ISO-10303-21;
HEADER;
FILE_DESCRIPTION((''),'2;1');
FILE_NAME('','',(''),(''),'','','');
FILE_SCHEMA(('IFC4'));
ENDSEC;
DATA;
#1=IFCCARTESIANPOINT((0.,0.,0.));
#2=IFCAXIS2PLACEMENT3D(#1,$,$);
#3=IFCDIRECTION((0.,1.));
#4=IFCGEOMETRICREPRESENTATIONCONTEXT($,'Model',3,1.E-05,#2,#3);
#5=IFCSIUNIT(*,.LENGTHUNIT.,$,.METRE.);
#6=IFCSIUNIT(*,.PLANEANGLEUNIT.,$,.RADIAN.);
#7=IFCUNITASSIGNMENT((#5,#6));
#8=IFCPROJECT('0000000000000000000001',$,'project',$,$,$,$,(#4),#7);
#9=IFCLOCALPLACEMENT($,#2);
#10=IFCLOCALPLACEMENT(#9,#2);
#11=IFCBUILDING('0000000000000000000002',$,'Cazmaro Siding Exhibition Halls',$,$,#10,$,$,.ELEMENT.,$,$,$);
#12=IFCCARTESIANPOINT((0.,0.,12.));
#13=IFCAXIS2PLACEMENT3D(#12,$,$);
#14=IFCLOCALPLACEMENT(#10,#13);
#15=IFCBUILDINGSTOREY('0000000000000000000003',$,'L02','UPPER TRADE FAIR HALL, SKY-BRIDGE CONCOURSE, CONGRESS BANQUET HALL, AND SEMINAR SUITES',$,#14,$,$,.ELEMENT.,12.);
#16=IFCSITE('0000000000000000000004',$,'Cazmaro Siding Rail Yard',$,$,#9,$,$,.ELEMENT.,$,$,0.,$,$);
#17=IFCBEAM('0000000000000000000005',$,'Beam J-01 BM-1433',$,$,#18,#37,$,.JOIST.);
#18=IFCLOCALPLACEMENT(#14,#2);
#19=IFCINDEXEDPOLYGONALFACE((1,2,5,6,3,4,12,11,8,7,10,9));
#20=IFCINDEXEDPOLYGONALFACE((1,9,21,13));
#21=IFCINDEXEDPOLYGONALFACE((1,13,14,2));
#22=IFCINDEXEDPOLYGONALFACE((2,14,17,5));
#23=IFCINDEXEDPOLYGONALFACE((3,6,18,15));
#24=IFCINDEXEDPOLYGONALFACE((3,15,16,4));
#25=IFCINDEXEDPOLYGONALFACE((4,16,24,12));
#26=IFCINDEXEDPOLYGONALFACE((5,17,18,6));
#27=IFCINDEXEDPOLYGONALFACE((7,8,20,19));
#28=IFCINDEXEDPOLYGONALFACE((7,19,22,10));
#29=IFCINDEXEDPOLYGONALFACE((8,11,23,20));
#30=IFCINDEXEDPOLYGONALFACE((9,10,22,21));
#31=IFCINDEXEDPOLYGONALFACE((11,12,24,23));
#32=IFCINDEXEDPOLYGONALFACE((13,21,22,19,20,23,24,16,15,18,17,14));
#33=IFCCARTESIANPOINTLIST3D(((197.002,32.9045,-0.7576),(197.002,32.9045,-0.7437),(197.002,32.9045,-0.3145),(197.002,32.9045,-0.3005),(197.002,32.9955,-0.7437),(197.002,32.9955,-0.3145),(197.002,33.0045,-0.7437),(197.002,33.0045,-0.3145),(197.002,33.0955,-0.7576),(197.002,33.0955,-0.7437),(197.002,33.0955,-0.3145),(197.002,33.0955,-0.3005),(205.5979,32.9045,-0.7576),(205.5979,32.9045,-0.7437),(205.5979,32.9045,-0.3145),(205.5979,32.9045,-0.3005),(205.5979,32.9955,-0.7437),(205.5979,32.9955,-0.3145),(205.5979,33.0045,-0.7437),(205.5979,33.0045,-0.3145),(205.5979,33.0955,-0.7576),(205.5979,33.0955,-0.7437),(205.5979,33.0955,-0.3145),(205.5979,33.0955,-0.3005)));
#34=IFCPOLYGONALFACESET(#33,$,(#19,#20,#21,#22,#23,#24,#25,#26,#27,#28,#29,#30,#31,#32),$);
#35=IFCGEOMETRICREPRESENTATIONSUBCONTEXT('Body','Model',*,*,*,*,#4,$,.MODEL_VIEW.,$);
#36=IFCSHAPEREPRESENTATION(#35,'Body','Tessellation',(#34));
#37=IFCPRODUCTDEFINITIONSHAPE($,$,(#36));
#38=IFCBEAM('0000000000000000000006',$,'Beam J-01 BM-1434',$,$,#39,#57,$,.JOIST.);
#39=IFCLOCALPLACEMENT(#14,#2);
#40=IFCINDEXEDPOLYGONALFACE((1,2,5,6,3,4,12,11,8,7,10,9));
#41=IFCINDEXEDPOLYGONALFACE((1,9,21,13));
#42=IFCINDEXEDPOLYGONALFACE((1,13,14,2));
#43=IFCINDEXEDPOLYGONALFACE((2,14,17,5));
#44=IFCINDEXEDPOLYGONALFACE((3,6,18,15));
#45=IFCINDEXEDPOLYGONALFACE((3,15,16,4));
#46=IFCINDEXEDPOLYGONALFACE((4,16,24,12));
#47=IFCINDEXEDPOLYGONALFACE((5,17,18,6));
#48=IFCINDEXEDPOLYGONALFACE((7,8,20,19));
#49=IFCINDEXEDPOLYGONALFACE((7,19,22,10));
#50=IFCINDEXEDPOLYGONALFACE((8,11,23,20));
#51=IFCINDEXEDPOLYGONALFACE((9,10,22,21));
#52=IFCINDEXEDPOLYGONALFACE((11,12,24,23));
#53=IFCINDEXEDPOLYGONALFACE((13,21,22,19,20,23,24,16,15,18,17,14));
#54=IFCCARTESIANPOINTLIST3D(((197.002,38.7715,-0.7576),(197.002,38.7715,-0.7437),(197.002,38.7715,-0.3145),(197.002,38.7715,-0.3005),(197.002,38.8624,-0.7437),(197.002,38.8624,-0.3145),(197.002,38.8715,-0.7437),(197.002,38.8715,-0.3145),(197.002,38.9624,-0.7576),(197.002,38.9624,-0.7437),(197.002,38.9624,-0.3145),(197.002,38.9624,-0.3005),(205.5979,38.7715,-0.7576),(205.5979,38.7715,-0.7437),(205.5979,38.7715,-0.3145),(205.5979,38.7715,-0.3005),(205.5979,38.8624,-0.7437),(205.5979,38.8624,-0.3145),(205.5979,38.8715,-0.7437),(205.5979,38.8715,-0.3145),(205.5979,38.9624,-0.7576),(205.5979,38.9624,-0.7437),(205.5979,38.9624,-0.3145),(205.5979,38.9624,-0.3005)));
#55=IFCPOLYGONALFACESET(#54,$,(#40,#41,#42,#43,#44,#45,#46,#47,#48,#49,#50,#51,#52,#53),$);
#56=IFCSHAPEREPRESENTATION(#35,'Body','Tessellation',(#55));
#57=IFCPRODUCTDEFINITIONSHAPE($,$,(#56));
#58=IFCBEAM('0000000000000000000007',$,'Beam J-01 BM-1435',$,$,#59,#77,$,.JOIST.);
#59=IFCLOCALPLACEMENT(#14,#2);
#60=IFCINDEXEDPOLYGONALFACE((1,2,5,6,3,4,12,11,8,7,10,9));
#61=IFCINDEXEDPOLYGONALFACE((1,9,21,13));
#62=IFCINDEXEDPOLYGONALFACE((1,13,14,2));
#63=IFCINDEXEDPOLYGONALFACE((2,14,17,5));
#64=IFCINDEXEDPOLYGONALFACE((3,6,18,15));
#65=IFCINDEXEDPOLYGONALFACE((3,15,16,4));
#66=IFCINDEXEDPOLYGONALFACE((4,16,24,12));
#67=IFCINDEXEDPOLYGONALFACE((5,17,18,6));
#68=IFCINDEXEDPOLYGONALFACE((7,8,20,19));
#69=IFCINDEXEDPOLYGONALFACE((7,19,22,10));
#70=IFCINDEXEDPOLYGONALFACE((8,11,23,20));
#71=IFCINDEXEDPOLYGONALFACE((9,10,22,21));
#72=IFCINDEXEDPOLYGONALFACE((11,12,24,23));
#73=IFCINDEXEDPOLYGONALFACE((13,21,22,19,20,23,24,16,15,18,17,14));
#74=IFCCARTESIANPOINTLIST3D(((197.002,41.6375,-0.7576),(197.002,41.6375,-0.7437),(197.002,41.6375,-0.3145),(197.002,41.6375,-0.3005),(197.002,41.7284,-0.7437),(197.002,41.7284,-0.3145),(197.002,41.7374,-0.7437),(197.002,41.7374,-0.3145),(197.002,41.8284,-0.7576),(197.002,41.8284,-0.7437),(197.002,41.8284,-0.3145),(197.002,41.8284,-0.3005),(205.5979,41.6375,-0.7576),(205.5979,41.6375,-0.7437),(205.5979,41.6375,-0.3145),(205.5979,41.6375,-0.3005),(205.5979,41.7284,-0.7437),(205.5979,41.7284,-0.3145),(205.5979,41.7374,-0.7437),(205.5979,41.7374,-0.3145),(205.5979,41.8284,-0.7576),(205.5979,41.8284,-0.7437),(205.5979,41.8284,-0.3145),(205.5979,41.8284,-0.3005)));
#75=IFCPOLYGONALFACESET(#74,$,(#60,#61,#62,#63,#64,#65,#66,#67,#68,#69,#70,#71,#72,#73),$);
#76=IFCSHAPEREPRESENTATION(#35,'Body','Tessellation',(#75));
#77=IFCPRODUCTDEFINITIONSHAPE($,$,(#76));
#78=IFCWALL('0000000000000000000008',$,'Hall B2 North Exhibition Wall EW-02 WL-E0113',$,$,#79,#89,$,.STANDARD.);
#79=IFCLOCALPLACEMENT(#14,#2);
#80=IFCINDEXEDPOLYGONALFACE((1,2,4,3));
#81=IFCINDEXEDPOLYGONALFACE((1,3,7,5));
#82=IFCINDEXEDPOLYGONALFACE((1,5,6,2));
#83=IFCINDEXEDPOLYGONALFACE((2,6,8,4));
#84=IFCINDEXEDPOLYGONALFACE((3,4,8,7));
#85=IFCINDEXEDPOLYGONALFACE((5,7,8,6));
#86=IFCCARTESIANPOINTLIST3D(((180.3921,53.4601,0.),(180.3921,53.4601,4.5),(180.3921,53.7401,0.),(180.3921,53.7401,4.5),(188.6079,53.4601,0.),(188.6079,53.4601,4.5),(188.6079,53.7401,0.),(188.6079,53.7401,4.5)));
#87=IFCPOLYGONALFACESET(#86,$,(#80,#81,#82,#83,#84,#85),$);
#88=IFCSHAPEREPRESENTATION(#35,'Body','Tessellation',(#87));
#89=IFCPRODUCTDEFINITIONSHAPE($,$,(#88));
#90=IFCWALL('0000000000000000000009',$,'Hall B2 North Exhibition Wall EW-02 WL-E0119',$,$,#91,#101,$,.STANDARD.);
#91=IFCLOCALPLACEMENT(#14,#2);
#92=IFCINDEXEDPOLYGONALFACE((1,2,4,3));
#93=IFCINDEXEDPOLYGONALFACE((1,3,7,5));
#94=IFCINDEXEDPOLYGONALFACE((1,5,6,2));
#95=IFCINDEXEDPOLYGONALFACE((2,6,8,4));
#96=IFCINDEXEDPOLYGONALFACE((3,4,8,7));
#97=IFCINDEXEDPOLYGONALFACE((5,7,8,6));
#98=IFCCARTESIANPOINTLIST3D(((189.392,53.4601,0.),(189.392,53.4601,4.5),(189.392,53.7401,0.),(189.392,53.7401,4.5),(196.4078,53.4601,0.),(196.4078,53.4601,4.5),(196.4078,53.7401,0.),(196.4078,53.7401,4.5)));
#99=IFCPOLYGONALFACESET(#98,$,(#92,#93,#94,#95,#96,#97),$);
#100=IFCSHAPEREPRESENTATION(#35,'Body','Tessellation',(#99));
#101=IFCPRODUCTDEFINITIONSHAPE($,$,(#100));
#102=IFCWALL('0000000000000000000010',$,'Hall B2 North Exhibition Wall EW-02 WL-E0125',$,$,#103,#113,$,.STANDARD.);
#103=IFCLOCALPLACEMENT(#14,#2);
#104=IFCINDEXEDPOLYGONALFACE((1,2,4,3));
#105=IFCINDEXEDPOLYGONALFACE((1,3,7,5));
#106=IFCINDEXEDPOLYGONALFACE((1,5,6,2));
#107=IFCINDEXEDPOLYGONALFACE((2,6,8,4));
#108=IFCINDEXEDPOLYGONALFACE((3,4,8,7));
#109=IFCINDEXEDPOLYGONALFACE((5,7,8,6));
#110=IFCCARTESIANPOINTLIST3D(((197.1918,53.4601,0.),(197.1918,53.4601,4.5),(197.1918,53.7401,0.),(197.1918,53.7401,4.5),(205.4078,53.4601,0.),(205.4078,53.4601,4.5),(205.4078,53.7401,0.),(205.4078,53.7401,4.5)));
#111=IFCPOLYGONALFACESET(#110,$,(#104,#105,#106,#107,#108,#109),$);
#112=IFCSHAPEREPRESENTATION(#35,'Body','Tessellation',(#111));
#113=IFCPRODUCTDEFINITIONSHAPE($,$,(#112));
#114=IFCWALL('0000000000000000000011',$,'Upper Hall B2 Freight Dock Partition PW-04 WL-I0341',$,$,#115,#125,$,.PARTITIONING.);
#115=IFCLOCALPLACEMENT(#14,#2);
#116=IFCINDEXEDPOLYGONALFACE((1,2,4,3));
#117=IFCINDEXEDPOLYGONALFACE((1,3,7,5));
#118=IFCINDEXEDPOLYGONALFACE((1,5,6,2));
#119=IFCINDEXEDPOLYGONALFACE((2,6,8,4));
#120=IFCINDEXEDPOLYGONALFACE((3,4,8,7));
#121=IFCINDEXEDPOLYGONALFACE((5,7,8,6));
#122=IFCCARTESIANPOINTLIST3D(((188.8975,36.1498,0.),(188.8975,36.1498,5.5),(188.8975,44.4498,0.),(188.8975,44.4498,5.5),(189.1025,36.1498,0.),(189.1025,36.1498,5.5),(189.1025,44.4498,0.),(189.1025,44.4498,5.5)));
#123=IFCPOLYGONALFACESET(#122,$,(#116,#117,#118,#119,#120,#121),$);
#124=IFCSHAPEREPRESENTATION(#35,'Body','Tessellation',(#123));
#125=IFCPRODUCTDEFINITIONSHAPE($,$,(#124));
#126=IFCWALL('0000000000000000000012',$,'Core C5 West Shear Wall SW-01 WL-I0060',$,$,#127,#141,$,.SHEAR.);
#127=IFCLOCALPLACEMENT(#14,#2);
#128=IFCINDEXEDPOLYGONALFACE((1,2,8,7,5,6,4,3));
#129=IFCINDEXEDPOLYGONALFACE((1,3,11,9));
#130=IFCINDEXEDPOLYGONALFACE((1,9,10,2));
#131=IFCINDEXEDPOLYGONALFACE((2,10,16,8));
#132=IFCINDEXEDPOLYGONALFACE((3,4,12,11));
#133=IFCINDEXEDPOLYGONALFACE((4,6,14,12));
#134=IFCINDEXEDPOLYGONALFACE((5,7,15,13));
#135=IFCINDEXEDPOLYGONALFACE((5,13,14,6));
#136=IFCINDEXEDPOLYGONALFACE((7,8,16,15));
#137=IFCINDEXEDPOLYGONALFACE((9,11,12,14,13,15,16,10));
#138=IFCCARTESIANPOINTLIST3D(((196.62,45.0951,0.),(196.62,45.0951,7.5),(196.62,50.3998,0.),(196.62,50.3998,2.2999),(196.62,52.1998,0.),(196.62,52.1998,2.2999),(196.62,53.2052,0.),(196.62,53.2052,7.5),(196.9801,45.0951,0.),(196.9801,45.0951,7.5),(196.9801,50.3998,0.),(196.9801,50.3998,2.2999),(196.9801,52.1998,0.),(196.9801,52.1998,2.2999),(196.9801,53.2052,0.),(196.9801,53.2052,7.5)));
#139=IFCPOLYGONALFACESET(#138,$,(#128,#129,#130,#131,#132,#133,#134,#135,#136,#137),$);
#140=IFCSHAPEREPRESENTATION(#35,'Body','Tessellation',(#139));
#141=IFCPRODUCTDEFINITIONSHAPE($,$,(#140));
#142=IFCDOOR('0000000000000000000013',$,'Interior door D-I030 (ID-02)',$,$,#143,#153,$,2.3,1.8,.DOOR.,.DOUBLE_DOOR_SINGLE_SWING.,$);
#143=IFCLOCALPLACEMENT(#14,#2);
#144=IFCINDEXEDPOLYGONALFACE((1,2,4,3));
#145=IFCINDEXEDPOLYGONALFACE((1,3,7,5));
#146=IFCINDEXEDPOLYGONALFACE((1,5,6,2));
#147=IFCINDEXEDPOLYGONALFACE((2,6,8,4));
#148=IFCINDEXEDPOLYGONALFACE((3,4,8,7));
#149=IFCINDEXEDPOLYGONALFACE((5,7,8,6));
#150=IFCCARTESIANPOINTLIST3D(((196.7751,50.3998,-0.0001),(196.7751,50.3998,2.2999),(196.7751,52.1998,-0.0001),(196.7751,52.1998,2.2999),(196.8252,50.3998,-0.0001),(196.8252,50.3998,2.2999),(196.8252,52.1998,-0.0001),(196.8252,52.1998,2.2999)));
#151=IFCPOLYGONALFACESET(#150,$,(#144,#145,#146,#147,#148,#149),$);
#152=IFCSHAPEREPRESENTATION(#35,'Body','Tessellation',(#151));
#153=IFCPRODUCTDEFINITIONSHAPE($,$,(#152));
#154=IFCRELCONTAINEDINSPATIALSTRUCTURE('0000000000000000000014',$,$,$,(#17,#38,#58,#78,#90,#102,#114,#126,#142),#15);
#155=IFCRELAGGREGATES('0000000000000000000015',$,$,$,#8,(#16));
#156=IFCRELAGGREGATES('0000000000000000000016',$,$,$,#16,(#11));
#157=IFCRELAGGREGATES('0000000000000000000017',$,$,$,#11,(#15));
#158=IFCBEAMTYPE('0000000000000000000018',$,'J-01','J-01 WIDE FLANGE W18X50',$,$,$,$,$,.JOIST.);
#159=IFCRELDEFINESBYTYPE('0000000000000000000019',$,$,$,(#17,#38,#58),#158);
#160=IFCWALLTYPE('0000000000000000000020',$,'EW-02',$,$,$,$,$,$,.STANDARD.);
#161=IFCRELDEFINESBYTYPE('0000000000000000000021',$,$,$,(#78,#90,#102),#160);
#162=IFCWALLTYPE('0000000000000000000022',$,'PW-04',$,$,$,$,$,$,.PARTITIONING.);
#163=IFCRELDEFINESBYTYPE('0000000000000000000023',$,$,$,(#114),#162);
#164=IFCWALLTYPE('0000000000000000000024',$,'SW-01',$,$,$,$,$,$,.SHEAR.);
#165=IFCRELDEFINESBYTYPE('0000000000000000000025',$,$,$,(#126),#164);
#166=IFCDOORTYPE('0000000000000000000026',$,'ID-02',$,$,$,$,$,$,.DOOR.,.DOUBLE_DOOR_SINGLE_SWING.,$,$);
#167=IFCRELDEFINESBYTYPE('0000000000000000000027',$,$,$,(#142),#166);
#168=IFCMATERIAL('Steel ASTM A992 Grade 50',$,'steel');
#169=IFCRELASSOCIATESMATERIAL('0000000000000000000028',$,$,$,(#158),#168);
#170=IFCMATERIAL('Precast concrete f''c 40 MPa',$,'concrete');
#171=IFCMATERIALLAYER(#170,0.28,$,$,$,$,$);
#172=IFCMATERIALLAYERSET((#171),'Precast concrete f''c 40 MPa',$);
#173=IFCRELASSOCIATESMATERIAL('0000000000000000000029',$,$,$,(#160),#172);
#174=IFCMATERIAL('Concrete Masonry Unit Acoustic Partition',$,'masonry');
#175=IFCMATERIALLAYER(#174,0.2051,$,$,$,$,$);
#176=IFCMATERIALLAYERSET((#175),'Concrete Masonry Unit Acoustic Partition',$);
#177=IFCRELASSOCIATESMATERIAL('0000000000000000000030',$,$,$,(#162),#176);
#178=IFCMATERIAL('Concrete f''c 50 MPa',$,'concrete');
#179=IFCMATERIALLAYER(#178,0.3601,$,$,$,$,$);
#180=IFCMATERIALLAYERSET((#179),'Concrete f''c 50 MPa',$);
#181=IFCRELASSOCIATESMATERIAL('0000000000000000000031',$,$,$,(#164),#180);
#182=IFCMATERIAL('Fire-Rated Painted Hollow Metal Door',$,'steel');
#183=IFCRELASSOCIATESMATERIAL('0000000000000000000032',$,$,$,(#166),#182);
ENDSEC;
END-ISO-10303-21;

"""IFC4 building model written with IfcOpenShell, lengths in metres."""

from ifc_helpers import new_model, si_unit, direction, frame, frame_2d, origin, origin_2d, place, context, subcontext, project, spatial, rectangle, i_section, extrude, material, layer, layer_set, material_profile, profile_set, type_object, element, fill, save


model = new_model("IFC4")

# Units and contexts
model_context = context("Model", 3, precision=1e-05, world=origin(), true_north=direction((0.0, 1.0)))
body_context = subcontext(model_context, "Body", "Model", "MODEL_VIEW")
ifc_project = project(units=[si_unit("LENGTHUNIT", "METRE"), si_unit("PLANEANGLEUNIT", "RADIAN")], contexts=[model_context])

# Site, building, storey
site_placement = place(None, origin())
site = spatial("IfcSite", under=ifc_project, at=site_placement, Name="Cazmaro Siding Rail Yard", CompositionType="ELEMENT", RefElevation=0.0)
building_placement = place(site_placement, origin())
building = spatial("IfcBuilding", under=site, at=building_placement, Name="Cazmaro Siding Exhibition Halls", CompositionType="ELEMENT")
storey_placement = place(building_placement, frame((0.0, 0.0, 12.0)))
storey = spatial("IfcBuildingStorey", under=building, at=storey_placement, Name="L02", Description="UPPER TRADE FAIR HALL, SKY-BRIDGE CONCOURSE, CONGRESS BANQUET HALL, AND SEMINAR SUITES", CompositionType="ELEMENT", Elevation=12.0)

# Beams
ifc_material_1 = material(Name="Steel ASTM A992 Grade 50", Category="steel")
ifc_material_profile_1 = material_profile(ifc_material_1, i_section(OverallWidth=0.1909, OverallDepth=0.457, WebThickness=0.009, FlangeThickness=0.0139, at=origin_2d()), Name="W18X50")
ifc_profile_set_1 = profile_set([ifc_material_profile_1], Name="Steel ASTM A992 Grade 50")
beam_type_1 = type_object("IfcBeamType", Name="J-01", Description="J-01 WIDE FLANGE W18X50", PredefinedType="JOIST", material=ifc_profile_set_1)
for number, where, z_axis, x_axis, name in (
    (1, (197.002, 33.0, -0.5291), (1.0, 0.0, 0.0), (0.0, 1.0, 0.0), "Beam J-01 BM-1433"),
    (2, (197.002, 38.8669, -0.5291), (1.0, 0.0, 0.0), (0.0, 1.0, 0.0), "Beam J-01 BM-1434"),
    (3, (197.002, 41.7329, -0.5291), (1.0, 0.0, 0.0), (0.0, 1.0, 0.0), "Beam J-01 BM-1435"),
):
    element("IfcBeam", number, at=place(storey_placement, frame(where, z_axis=z_axis, x_axis=x_axis)), inside=storey, type_object=beam_type_1, Name=name, PredefinedType="JOIST", context=body_context, shape_type="SweptSolid", body=[
        extrude(i_section(OverallWidth=0.1909, OverallDepth=0.457, WebThickness=0.009, FlangeThickness=0.0139, at=origin_2d()), origin(), (0.0, 0.0, 1.0), 8.5959),
    ])

# Walls
ifc_material_2 = material(Name="Precast concrete f'c 40 MPa", Category="concrete")
ifc_layer_1 = layer(ifc_material_2, 0.28)
ifc_layer_set_1 = layer_set([ifc_layer_1], Name="Precast concrete f'c 40 MPa")
wall_type_1 = type_object("IfcWallType", Name="EW-02", PredefinedType="STANDARD", material=ifc_layer_set_1)
wall_1_placement = place(storey_placement, frame((180.3921, 53.6001, 0.0), z_axis=(0.0, 0.0, 1.0), x_axis=(1.0, 0.0, 0.0)))
element("IfcWall", 4, at=wall_1_placement, inside=storey, type_object=wall_type_1, Name="Hall B2 North Exhibition Wall EW-02 WL-E0113", PredefinedType="STANDARD", context=body_context, shape_type="SweptSolid", body=[
    extrude(rectangle(XDim=8.2158, YDim=0.28, at=frame_2d((4.1079, 0.0))), origin(), (0.0, 0.0, 1.0), 4.5),
])
wall_2_placement = place(storey_placement, frame((189.3921, 53.6001, 0.0), z_axis=(0.0, 0.0, 1.0), x_axis=(1.0, 0.0, 0.0)))
element("IfcWall", 5, at=wall_2_placement, inside=storey, type_object=wall_type_1, Name="Hall B2 North Exhibition Wall EW-02 WL-E0119", PredefinedType="STANDARD", context=body_context, shape_type="SweptSolid", body=[
    extrude(rectangle(XDim=7.0159, YDim=0.28, at=frame_2d((3.5078, 0.0))), origin(), (0.0, 0.0, 1.0), 4.5),
])
wall_3_placement = place(storey_placement, frame((197.1919, 53.6001, 0.0), z_axis=(0.0, 0.0, 1.0), x_axis=(1.0, 0.0, 0.0)))
element("IfcWall", 6, at=wall_3_placement, inside=storey, type_object=wall_type_1, Name="Hall B2 North Exhibition Wall EW-02 WL-E0125", PredefinedType="STANDARD", context=body_context, shape_type="SweptSolid", body=[
    extrude(rectangle(XDim=8.2161, YDim=0.28, at=frame_2d((4.1079, 0.0))), origin(), (0.0, 0.0, 1.0), 4.5),
])
ifc_material_3 = material(Name="Concrete Masonry Unit Acoustic Partition", Category="masonry")
ifc_layer_2 = layer(ifc_material_3, 0.2051)
ifc_layer_set_2 = layer_set([ifc_layer_2], Name="Concrete Masonry Unit Acoustic Partition")
wall_type_2 = type_object("IfcWallType", Name="PW-04", PredefinedType="PARTITIONING", material=ifc_layer_set_2)
wall_4_placement = place(storey_placement, frame((189.0, 36.1499, 0.0), z_axis=(0.0, 0.0, 1.0), x_axis=(0.0, 1.0, 0.0)))
element("IfcWall", 7, at=wall_4_placement, inside=storey, type_object=wall_type_2, Name="Upper Hall B2 Freight Dock Partition PW-04 WL-I0341", PredefinedType="PARTITIONING", context=body_context, shape_type="SweptSolid", body=[
    extrude(rectangle(XDim=8.3, YDim=0.2051, at=frame_2d((4.1499, 0.0))), origin(), (0.0, 0.0, 1.0), 5.5),
])

# Wall, opening, door
ifc_material_4 = material(Name="Concrete f'c 50 MPa", Category="concrete")
ifc_layer_3 = layer(ifc_material_4, 0.3601)
ifc_layer_set_3 = layer_set([ifc_layer_3], Name="Concrete f'c 50 MPa")
wall_type_3 = type_object("IfcWallType", Name="SW-01", PredefinedType="SHEAR", material=ifc_layer_set_3)
wall_5_placement = place(storey_placement, frame((196.8, 45.095, 0.0), z_axis=(0.0, 0.0, 1.0), x_axis=(0.0, 1.0, 0.0)))
wall_5 = element("IfcWall", 8, at=wall_5_placement, inside=storey, type_object=wall_type_3, Name="Core C5 West Shear Wall SW-01 WL-I0060", PredefinedType="SHEAR", context=body_context, shape_type="SweptSolid", body=[
    extrude(rectangle(XDim=8.1101, YDim=0.3601, at=frame_2d((4.0552, 0.0))), origin(), (0.0, 0.0, 1.0), 7.5),
])
opening_1_placement = place(wall_5_placement, frame((5.3049, 0.0, 0.0)))
opening_1 = element("IfcOpeningElement", 9, at=opening_1_placement, cuts=wall_5, PredefinedType="OPENING", context=body_context, shape_type="SweptSolid", body=[
    extrude(rectangle(XDim=1.8, YDim=2.3, at=frame_2d((0.8999, 1.1499))), frame((0.0, 0.1899, 0.0), z_axis=(0.0, -1.0, 0.0), x_axis=(1.0, 0.0, 0.0)), (0.0, 0.0, 1.0), 0.3801),
])
ifc_material_5 = material(Name="Fire-Rated Painted Hollow Metal Door", Category="steel")
door_type_1 = type_object("IfcDoorType", Name="ID-02", OperationType="DOUBLE_DOOR_SINGLE_SWING", PredefinedType="DOOR", material=ifc_material_5)
door_1_placement = place(opening_1_placement, origin())
door_1 = element("IfcDoor", 10, at=door_1_placement, inside=storey, type_object=door_type_1, Name="Interior door D-I030 (ID-02)", OperationType="DOUBLE_DOOR_SINGLE_SWING", OverallHeight=2.3, OverallWidth=1.8, PredefinedType="DOOR", context=body_context, shape_type="SweptSolid", body=[
    extrude(rectangle(XDim=1.8, YDim=2.3, at=frame_2d((0.8999, 1.1499))), frame((0.0, 0.0249, 0.0), z_axis=(0.0, -1.0, 0.0), x_axis=(1.0, 0.0, 0.0)), (0.0, 0.0, 1.0), 0.05),
])
fill(opening_1, door_1)

save(model, "model.ifc")
